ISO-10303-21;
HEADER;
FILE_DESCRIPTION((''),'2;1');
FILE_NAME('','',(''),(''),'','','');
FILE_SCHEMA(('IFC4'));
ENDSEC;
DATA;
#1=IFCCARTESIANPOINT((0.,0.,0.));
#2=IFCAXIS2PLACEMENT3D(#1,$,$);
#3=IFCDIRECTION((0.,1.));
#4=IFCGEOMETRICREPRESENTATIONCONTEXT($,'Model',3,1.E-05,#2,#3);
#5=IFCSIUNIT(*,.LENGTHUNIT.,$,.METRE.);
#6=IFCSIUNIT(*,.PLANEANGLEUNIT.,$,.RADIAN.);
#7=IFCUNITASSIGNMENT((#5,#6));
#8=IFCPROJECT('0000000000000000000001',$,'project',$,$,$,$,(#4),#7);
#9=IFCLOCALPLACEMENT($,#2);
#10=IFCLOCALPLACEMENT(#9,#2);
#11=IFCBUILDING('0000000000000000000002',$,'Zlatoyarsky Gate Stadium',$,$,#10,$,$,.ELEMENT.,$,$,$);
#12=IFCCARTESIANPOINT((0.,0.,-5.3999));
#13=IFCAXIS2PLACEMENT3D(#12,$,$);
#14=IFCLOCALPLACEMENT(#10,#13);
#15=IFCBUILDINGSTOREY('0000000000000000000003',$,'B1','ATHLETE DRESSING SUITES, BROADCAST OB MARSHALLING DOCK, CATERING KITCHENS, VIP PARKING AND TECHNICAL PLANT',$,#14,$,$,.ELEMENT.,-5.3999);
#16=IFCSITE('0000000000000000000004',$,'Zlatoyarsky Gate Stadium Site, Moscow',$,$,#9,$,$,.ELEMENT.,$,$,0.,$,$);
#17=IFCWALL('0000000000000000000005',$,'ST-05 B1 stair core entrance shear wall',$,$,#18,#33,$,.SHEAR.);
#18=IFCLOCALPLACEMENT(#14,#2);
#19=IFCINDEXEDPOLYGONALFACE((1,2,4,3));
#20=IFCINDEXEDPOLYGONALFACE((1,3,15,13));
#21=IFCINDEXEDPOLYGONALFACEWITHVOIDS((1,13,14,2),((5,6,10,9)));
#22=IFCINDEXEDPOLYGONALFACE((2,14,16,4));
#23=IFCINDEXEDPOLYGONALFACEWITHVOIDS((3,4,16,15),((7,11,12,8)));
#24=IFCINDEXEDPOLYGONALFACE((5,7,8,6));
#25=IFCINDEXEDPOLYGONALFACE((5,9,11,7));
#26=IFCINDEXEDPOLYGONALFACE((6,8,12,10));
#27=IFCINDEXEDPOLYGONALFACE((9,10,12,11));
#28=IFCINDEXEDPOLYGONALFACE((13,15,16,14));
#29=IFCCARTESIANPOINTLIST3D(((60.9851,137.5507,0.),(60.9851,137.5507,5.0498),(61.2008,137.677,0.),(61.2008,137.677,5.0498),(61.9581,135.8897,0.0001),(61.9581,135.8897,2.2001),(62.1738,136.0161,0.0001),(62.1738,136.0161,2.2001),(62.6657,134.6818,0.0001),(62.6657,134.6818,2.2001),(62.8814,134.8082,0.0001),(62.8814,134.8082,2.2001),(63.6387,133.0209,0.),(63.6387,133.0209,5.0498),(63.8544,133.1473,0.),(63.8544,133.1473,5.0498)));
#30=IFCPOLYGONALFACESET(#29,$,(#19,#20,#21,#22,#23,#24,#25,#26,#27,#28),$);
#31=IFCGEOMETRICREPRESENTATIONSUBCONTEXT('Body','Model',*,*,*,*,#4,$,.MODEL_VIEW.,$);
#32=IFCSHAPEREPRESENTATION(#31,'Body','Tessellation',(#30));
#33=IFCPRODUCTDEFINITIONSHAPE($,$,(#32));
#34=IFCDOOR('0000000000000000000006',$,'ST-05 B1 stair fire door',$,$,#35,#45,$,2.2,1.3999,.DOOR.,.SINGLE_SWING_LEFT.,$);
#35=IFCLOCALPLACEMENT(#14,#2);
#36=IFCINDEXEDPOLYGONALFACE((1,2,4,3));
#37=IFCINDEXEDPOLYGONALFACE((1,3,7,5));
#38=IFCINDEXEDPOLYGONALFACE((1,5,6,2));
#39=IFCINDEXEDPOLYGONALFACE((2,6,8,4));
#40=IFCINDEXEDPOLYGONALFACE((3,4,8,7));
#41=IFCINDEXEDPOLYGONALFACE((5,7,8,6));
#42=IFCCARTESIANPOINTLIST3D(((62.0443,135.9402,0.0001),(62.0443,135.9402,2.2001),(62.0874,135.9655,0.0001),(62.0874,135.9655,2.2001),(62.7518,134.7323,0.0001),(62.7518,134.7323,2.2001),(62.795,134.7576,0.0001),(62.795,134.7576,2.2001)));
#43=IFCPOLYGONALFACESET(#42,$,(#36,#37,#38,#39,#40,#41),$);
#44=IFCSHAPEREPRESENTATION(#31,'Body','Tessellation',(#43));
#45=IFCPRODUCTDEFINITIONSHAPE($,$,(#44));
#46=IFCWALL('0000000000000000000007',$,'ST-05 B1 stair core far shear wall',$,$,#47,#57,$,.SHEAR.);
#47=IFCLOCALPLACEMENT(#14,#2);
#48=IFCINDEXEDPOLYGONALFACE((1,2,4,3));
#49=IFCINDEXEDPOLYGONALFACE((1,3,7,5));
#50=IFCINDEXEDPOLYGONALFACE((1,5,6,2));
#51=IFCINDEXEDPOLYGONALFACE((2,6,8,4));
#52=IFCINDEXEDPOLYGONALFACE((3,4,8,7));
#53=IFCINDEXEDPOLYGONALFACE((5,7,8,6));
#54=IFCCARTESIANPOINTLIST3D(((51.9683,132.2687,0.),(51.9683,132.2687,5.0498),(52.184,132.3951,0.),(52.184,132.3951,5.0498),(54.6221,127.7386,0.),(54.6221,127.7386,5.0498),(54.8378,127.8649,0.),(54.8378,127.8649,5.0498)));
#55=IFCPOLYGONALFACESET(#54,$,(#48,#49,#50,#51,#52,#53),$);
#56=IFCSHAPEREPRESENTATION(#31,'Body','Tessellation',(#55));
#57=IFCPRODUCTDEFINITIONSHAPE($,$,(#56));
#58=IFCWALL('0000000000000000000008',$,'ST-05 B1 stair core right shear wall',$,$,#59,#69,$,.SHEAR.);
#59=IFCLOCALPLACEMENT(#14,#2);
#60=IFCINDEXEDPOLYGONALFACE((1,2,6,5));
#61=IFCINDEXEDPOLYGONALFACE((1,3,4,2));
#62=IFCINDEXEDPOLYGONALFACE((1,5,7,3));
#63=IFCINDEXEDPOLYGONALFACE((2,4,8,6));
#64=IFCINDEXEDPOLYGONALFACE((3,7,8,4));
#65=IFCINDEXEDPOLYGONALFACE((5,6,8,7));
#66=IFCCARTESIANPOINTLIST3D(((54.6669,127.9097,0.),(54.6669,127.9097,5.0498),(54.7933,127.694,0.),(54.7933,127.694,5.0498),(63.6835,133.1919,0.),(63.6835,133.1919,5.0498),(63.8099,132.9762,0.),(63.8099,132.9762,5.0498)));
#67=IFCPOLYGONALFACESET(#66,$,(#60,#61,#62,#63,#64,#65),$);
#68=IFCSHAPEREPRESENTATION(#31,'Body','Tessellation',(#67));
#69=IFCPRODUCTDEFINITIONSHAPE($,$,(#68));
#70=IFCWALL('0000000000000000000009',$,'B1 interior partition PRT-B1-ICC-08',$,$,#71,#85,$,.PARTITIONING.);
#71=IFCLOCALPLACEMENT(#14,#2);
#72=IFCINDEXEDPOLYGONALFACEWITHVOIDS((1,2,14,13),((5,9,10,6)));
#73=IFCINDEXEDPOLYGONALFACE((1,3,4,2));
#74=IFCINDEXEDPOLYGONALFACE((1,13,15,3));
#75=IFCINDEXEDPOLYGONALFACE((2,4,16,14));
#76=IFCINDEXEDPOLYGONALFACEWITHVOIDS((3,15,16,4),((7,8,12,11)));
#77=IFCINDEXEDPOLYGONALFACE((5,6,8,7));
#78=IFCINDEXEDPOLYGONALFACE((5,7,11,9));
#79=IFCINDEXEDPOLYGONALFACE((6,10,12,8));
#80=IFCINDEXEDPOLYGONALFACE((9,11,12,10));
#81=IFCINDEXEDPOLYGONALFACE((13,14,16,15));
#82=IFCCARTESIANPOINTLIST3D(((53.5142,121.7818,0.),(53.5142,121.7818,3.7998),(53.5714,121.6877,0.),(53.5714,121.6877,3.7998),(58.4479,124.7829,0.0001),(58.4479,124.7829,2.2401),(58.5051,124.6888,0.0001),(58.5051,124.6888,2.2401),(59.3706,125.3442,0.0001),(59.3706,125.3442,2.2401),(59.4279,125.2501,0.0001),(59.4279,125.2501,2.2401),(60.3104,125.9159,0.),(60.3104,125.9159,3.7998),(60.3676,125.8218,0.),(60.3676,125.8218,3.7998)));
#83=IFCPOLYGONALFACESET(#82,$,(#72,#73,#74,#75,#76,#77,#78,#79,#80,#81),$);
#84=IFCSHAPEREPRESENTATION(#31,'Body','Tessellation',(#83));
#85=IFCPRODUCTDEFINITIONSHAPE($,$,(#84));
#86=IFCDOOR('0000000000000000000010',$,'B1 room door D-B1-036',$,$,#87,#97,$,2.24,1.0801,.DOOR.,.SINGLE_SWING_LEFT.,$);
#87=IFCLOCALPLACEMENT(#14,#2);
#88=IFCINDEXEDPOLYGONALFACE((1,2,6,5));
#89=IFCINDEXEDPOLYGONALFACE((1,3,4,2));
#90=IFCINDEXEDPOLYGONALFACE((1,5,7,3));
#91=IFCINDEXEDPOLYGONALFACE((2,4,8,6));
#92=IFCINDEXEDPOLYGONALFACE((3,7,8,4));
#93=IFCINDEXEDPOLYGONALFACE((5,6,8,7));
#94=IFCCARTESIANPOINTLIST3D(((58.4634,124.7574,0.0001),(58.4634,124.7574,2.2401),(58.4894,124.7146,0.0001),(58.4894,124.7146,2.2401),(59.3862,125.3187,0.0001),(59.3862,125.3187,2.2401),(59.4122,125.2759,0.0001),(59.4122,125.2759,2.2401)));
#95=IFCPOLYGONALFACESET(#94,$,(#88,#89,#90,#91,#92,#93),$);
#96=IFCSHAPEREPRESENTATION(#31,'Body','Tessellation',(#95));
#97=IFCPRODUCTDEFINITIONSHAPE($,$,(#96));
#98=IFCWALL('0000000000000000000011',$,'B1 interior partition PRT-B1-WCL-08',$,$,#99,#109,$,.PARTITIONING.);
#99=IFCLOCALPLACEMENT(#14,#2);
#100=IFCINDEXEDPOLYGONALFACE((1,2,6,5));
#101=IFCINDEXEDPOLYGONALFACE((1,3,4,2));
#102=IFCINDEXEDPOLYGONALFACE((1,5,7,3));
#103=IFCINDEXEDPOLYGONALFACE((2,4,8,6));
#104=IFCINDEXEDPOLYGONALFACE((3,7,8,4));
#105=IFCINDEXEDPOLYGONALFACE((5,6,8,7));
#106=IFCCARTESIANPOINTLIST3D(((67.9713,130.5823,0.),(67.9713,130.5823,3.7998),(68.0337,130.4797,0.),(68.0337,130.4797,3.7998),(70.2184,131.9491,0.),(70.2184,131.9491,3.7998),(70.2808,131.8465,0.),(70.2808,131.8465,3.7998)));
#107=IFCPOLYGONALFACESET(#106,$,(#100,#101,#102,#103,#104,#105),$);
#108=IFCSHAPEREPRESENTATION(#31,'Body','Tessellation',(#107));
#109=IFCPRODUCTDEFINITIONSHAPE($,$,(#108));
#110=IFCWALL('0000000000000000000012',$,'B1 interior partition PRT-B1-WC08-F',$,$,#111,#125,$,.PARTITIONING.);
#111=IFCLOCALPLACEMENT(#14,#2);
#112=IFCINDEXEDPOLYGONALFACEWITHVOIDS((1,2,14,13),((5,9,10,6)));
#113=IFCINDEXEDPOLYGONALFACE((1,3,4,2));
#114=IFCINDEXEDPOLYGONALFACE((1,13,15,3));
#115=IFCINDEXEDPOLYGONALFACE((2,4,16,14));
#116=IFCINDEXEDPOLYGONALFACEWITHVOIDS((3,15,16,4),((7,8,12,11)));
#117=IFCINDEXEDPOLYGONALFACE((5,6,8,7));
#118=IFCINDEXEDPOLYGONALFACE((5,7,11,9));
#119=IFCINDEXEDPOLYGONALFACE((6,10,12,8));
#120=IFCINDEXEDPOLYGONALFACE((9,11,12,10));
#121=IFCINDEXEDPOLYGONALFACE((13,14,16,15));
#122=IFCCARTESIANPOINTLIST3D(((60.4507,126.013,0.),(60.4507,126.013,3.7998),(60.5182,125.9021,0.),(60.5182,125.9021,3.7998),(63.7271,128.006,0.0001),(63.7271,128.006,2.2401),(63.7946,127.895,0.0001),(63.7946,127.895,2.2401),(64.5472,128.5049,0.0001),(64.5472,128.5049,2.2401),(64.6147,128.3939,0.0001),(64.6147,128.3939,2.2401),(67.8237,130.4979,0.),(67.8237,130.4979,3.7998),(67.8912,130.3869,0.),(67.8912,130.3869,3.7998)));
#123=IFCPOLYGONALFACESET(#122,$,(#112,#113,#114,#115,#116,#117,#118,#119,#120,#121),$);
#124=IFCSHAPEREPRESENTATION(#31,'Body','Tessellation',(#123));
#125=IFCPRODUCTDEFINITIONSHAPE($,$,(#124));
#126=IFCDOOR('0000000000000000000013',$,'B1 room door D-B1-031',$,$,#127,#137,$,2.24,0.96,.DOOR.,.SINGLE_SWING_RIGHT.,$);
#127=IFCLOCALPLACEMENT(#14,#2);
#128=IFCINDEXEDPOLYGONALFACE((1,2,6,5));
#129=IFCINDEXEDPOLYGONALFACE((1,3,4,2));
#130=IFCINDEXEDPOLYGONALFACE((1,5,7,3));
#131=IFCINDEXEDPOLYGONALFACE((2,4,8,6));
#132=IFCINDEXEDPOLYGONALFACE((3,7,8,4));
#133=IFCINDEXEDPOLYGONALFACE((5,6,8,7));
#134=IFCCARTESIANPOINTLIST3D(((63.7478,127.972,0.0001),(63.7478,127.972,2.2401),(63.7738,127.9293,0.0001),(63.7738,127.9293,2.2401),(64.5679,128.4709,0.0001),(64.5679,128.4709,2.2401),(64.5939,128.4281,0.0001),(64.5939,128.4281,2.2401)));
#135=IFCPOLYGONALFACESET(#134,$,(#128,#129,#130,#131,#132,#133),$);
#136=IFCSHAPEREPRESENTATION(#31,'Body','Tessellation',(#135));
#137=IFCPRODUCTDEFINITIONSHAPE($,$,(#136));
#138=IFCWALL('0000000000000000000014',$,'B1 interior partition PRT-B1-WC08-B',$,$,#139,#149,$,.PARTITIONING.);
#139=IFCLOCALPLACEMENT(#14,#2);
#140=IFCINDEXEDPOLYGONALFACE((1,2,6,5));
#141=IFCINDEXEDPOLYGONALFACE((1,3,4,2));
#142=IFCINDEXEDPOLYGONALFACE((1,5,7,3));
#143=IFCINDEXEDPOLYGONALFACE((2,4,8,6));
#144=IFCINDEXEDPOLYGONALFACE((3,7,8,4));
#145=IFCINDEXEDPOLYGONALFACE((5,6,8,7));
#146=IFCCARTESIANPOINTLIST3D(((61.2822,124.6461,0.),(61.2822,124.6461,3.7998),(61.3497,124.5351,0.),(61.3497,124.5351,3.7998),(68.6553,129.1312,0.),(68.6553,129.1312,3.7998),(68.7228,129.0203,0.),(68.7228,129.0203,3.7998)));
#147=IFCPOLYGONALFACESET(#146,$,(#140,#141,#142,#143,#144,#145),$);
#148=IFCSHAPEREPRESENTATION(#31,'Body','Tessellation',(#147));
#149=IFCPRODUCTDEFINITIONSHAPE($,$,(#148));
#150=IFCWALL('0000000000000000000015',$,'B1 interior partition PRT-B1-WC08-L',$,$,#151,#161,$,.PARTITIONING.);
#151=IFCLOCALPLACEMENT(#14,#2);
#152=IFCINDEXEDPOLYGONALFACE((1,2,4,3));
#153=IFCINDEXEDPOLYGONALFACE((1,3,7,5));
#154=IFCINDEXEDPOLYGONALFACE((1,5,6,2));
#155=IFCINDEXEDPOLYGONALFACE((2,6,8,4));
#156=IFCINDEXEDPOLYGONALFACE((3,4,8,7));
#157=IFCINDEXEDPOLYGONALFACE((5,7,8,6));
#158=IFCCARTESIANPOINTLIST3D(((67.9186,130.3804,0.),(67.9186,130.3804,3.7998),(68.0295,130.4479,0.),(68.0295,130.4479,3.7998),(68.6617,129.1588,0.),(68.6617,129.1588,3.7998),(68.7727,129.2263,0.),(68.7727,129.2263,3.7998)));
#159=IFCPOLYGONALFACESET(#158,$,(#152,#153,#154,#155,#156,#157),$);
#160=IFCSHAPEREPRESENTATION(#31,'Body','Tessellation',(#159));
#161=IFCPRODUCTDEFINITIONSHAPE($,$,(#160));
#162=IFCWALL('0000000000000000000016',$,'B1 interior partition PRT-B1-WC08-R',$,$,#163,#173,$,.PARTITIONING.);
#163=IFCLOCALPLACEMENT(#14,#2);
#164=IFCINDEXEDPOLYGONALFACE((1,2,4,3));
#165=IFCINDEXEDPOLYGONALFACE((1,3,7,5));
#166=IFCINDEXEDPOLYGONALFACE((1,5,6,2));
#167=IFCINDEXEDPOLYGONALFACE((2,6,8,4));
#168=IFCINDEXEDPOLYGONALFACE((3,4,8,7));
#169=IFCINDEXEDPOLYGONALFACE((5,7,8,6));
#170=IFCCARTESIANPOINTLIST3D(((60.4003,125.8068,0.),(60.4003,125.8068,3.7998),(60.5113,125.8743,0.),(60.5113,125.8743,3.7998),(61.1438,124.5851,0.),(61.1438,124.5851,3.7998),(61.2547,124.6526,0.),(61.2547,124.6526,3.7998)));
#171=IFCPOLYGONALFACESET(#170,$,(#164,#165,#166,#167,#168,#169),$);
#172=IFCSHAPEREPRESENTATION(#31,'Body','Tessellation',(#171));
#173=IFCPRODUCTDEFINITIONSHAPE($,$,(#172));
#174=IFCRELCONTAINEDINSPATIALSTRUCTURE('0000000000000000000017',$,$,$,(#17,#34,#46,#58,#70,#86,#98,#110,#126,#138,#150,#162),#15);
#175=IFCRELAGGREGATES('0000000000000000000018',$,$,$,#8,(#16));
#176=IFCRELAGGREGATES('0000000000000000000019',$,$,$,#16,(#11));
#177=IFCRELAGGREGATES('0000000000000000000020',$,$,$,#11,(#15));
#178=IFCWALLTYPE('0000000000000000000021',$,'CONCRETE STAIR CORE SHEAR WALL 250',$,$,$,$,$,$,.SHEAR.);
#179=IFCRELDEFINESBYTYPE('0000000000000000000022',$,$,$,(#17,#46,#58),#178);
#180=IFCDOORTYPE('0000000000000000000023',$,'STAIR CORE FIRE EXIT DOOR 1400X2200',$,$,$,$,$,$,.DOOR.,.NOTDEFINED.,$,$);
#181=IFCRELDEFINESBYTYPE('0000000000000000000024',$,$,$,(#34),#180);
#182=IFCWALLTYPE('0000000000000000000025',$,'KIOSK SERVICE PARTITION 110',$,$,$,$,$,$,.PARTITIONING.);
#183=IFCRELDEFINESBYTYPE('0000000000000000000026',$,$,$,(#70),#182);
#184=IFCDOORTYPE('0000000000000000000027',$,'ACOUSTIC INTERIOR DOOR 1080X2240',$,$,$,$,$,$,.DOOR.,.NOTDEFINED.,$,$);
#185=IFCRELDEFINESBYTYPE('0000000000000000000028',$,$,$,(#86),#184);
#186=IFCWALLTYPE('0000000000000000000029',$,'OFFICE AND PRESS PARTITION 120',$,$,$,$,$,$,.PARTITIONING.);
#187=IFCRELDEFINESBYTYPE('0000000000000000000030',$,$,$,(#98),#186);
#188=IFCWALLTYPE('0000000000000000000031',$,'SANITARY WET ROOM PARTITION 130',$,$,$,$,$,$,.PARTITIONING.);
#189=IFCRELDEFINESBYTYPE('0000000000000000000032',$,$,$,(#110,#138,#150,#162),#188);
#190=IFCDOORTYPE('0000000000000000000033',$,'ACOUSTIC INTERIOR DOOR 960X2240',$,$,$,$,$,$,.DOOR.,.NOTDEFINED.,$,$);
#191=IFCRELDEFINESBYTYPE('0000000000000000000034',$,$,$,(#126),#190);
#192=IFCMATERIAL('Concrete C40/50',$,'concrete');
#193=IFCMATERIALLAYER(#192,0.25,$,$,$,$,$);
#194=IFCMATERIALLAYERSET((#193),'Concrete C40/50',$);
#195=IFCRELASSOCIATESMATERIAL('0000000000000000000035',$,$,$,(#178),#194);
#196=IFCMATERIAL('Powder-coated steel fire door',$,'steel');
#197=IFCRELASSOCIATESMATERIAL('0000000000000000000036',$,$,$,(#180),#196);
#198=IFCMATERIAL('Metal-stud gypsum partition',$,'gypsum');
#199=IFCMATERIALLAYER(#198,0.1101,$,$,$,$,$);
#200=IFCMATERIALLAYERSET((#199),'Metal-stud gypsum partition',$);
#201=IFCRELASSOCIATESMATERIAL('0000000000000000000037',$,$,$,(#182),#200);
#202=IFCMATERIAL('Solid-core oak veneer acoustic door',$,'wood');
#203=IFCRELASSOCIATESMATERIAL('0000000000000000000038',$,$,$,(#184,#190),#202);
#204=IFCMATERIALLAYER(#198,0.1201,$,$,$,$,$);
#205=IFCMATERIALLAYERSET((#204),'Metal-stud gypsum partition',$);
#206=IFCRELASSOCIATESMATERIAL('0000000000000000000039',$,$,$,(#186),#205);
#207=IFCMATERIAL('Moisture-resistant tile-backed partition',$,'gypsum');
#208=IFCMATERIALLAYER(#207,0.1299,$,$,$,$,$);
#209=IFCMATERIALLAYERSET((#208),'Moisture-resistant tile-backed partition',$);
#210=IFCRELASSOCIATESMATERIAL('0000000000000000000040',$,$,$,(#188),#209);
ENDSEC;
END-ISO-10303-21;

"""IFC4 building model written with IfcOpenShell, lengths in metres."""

from ifc_helpers import new_model, si_unit, direction, frame, frame_2d, origin, place, context, subcontext, project, spatial, rectangle, extrude, material, layer, layer_set, type_object, element, fill, save


model = new_model("IFC4")

# Units and contexts
model_context = context("Model", 3, precision=1e-05, world=origin(), true_north=direction((0.0, 1.0)))
body_context = subcontext(model_context, "Body", "Model", "MODEL_VIEW")
ifc_project = project(units=[si_unit("LENGTHUNIT", "METRE"), si_unit("PLANEANGLEUNIT", "RADIAN")], contexts=[model_context])

# Site, building, storey
site_placement = place(None, origin())
site = spatial("IfcSite", under=ifc_project, at=site_placement, Name="Zlatoyarsky Gate Stadium Site, Moscow", CompositionType="ELEMENT", RefElevation=0.0)
building_placement = place(site_placement, origin())
building = spatial("IfcBuilding", under=site, at=building_placement, Name="Zlatoyarsky Gate Stadium", CompositionType="ELEMENT")
storey_placement = place(building_placement, frame((0.0, 0.0, -5.3999)))
storey = spatial("IfcBuildingStorey", under=building, at=storey_placement, Name="B1", Description="ATHLETE DRESSING SUITES, BROADCAST OB MARSHALLING DOCK, CATERING KITCHENS, VIP PARKING AND TECHNICAL PLANT", CompositionType="ELEMENT", Elevation=-5.3999)

# Shared definitions
ifc_material_1 = material(Name="Concrete C40/50", Category="concrete")

# Wall, opening, door
ifc_layer_1 = layer(ifc_material_1, 0.25)
ifc_layer_set_1 = layer_set([ifc_layer_1], Name="Concrete C40/50")
wall_type_1 = type_object("IfcWallType", Name="CONCRETE STAIR CORE SHEAR WALL 250", PredefinedType="SHEAR", material=ifc_layer_set_1)
wall_1_placement = place(storey_placement, frame((63.7466, 133.084, 0.0), z_axis=(0.0, 0.0, 1.0), x_axis=(-0.50546, 0.86285, 0.0)))
wall_1 = element("IfcWall", 1, at=wall_1_placement, inside=storey, type_object=wall_type_1, Name="ST-05 B1 stair core entrance shear wall", PredefinedType="SHEAR", context=body_context, shape_type="SweptSolid", body=[
    extrude(rectangle(XDim=5.2498, YDim=0.25, at=frame_2d((2.625, 0.0))), origin(), (0.0, 0.0, 1.0), 5.0498),
])
opening_1_placement = place(wall_1_placement, frame((1.925, 0.0, 0.0)))
opening_1 = element("IfcOpeningElement", 2, at=opening_1_placement, cuts=wall_1, PredefinedType="OPENING", context=body_context, shape_type="SweptSolid", body=[
    extrude(rectangle(XDim=1.3999, YDim=2.2, at=frame_2d((0.7, 1.1001))), frame((0.0, 0.135, 0.0), z_axis=(0.0, -1.0, 0.0), x_axis=(1.0, 0.0, 0.0)), (0.0, 0.0, 1.0), 0.27),
])
ifc_material_2 = material(Name="Powder-coated steel fire door", Category="steel")
door_type_1 = type_object("IfcDoorType", Name="STAIR CORE FIRE EXIT DOOR 1400X2200", OperationType="NOTDEFINED", PredefinedType="DOOR", material=ifc_material_2)
door_1_placement = place(opening_1_placement, frame((1.3999, 0.0, 0.0), z_axis=(0.0, 0.0, 1.0), x_axis=(-1.0, 0.0, 0.0)))
door_1 = element("IfcDoor", 3, at=door_1_placement, inside=storey, type_object=door_type_1, Name="ST-05 B1 stair fire door", OperationType="SINGLE_SWING_LEFT", OverallHeight=2.2, OverallWidth=1.3999, PredefinedType="DOOR", context=body_context, shape_type="SweptSolid", body=[
    extrude(rectangle(XDim=1.3999, YDim=2.2, at=frame_2d((0.7, 1.1001))), frame((0.0, 0.0249, 0.0), z_axis=(0.0, -1.0, 0.0), x_axis=(1.0, 0.0, 0.0)), (0.0, 0.0, 1.0), 0.05),
])
fill(opening_1, door_1)

# Walls
wall_2_placement = place(storey_placement, frame((52.0762, 132.3318, 0.0), z_axis=(0.0, 0.0, 1.0), x_axis=(0.505475, -0.862841, 0.0)))
element("IfcWall", 4, at=wall_2_placement, inside=storey, type_object=wall_type_1, Name="ST-05 B1 stair core far shear wall", PredefinedType="SHEAR", context=body_context, shape_type="SweptSolid", body=[
    extrude(rectangle(XDim=5.2502, YDim=0.25, at=frame_2d((2.625, 0.0))), origin(), (0.0, 0.0, 1.0), 5.0498),
])
wall_3_placement = place(storey_placement, frame((54.73, 127.8018, 0.0), z_axis=(0.0, 0.0, 1.0), x_axis=(0.862839, 0.50548, 0.0)))
element("IfcWall", 5, at=wall_3_placement, inside=storey, type_object=wall_type_1, Name="ST-05 B1 stair core right shear wall", PredefinedType="SHEAR", context=body_context, shape_type="SweptSolid", body=[
    extrude(rectangle(XDim=10.45, YDim=0.25, at=frame_2d((5.2251, 0.0))), origin(), (0.0, 0.0, 1.0), 5.0498),
])

# Wall, opening, door
ifc_material_3 = material(Name="Metal-stud gypsum partition", Category="gypsum")
ifc_layer_2 = layer(ifc_material_3, 0.1101)
ifc_layer_set_2 = layer_set([ifc_layer_2], Name="Metal-stud gypsum partition")
wall_type_2 = type_object("IfcWallType", Name="KIOSK SERVICE PARTITION 110", PredefinedType="PARTITIONING", material=ifc_layer_set_2)
wall_4_placement = place(storey_placement, frame((60.3391, 125.8689, 0.0), z_axis=(0.0, 0.0, 1.0), x_axis=(-0.854352, -0.519695, 0.0)))
wall_4 = element("IfcWall", 6, at=wall_4_placement, inside=storey, type_object=wall_type_2, Name="B1 interior partition PRT-B1-ICC-08", PredefinedType="PARTITIONING", context=body_context, shape_type="SweptSolid", body=[
    extrude(rectangle(XDim=7.9548, YDim=0.1101, at=frame_2d((3.9775, 0.0))), origin(), (0.0, 0.0, 1.0), 3.7998),
])
opening_2_placement = place(wall_4_placement, frame((1.1001, 0.0, 0.0)))
opening_2 = element("IfcOpeningElement", 7, at=opening_2_placement, cuts=wall_4, PredefinedType="OPENING", context=body_context, shape_type="SweptSolid", body=[
    extrude(rectangle(XDim=1.0801, YDim=2.24, at=frame_2d((0.54, 1.1201))), frame((0.0, 0.0649, 0.0), z_axis=(0.0, -1.0, 0.0), x_axis=(1.0, 0.0, 0.0)), (0.0, 0.0, 1.0), 0.1301),
])
ifc_material_4 = material(Name="Solid-core oak veneer acoustic door", Category="wood")
door_type_2 = type_object("IfcDoorType", Name="ACOUSTIC INTERIOR DOOR 1080X2240", OperationType="NOTDEFINED", PredefinedType="DOOR", material=ifc_material_4)
door_2_placement = place(opening_2_placement, origin())
door_2 = element("IfcDoor", 8, at=door_2_placement, inside=storey, type_object=door_type_2, Name="B1 room door D-B1-036", OperationType="SINGLE_SWING_LEFT", OverallHeight=2.24, OverallWidth=1.0801, PredefinedType="DOOR", context=body_context, shape_type="SweptSolid", body=[
    extrude(rectangle(XDim=1.0801, YDim=2.24, at=frame_2d((0.54, 1.1201))), frame((0.0, 0.0249, 0.0), z_axis=(0.0, -1.0, 0.0), x_axis=(1.0, 0.0, 0.0)), (0.0, 0.0, 1.0), 0.05),
])
fill(opening_2, door_2)

# Wall
ifc_layer_3 = layer(ifc_material_3, 0.1201)
ifc_layer_set_3 = layer_set([ifc_layer_3], Name="Metal-stud gypsum partition")
wall_type_3 = type_object("IfcWallType", Name="OFFICE AND PRESS PARTITION 120", PredefinedType="PARTITIONING", material=ifc_layer_set_3)
wall_5_placement = place(storey_placement, frame((70.2495, 131.8977, 0.0), z_axis=(0.0, 0.0, 1.0), x_axis=(-0.854381, -0.519647, 0.0)))
element("IfcWall", 9, at=wall_5_placement, inside=storey, type_object=wall_type_3, Name="B1 interior partition PRT-B1-WCL-08", PredefinedType="PARTITIONING", context=body_context, shape_type="SweptSolid", body=[
    extrude(rectangle(XDim=2.6301, YDim=0.1201, at=frame_2d((1.3149, 0.0))), origin(), (0.0, 0.0, 1.0), 3.7998),
])

# Wall, opening, door
ifc_material_5 = material(Name="Moisture-resistant tile-backed partition", Category="gypsum")
ifc_layer_4 = layer(ifc_material_5, 0.1299)
ifc_layer_set_4 = layer_set([ifc_layer_4], Name="Moisture-resistant tile-backed partition")
wall_type_4 = type_object("IfcWallType", Name="SANITARY WET ROOM PARTITION 130", PredefinedType="PARTITIONING", material=ifc_layer_set_4)
wall_6_placement = place(storey_placement, frame((67.8574, 130.4424, 0.0), z_axis=(0.0, 0.0, 1.0), x_axis=(-0.854357, -0.519687, 0.0)))
wall_6 = element("IfcWall", 10, at=wall_6_placement, inside=storey, type_object=wall_type_4, Name="B1 interior partition PRT-B1-WC08-F", PredefinedType="PARTITIONING", context=body_context, shape_type="SweptSolid", body=[
    extrude(rectangle(XDim=8.6299, YDim=0.1299, at=frame_2d((4.3149, 0.0))), origin(), (0.0, 0.0, 1.0), 3.7998),
])
opening_3_placement = place(wall_6_placement, frame((3.835, 0.0, 0.0)))
opening_3 = element("IfcOpeningElement", 11, at=opening_3_placement, cuts=wall_6, PredefinedType="OPENING", context=body_context, shape_type="SweptSolid", body=[
    extrude(rectangle(XDim=0.96, YDim=2.24, at=frame_2d((0.48, 1.1201))), frame((0.0, 0.075, 0.0), z_axis=(0.0, -1.0, 0.0), x_axis=(1.0, 0.0, 0.0)), (0.0, 0.0, 1.0), 0.1499),
])
door_type_3 = type_object("IfcDoorType", Name="ACOUSTIC INTERIOR DOOR 960X2240", OperationType="NOTDEFINED", PredefinedType="DOOR", material=ifc_material_4)
door_3_placement = place(opening_3_placement, origin())
door_3 = element("IfcDoor", 12, at=door_3_placement, inside=storey, type_object=door_type_3, Name="B1 room door D-B1-031", OperationType="SINGLE_SWING_RIGHT", OverallHeight=2.24, OverallWidth=0.96, PredefinedType="DOOR", context=body_context, shape_type="SweptSolid", body=[
    extrude(rectangle(XDim=0.96, YDim=2.24, at=frame_2d((0.48, 1.1201))), frame((0.0, 0.0249, 0.0), z_axis=(0.0, -1.0, 0.0), x_axis=(1.0, 0.0, 0.0)), (0.0, 0.0, 1.0), 0.05),
])
fill(opening_3, door_3)

# Walls
wall_7_placement = place(storey_placement, frame((68.689, 129.0757, 0.0), z_axis=(0.0, 0.0, 1.0), x_axis=(-0.854344, -0.519707, 0.0)))
element("IfcWall", 13, at=wall_7_placement, inside=storey, type_object=wall_type_4, Name="B1 interior partition PRT-B1-WC08-B", PredefinedType="PARTITIONING", context=body_context, shape_type="SweptSolid", body=[
    extrude(rectangle(XDim=8.6301, YDim=0.1299, at=frame_2d((4.3149, 0.0))), origin(), (0.0, 0.0, 1.0), 3.7998),
])
wall_8_placement = place(storey_placement, frame((67.9741, 130.4141, 0.0), z_axis=(0.0, 0.0, 1.0), x_axis=(0.519709, -0.854344, 0.0)))
element("IfcWall", 14, at=wall_8_placement, inside=storey, type_object=wall_type_4, Name="B1 interior partition PRT-B1-WC08-L", PredefinedType="PARTITIONING", context=body_context, shape_type="SweptSolid", body=[
    extrude(rectangle(XDim=1.4299, YDim=0.1299, at=frame_2d((0.7148, 0.0))), origin(), (0.0, 0.0, 1.0), 3.7998),
])
wall_9_placement = place(storey_placement, frame((60.4558, 125.8406, 0.0), z_axis=(0.0, 0.0, 1.0), x_axis=(0.519833, -0.854268, 0.0)))
element("IfcWall", 15, at=wall_9_placement, inside=storey, type_object=wall_type_4, Name="B1 interior partition PRT-B1-WC08-R", PredefinedType="PARTITIONING", context=body_context, shape_type="SweptSolid", body=[
    extrude(rectangle(XDim=1.4302, YDim=0.1299, at=frame_2d((0.7151, 0.0))), origin(), (0.0, 0.0, 1.0), 3.7998),
])

save(model, "model.ifc")
